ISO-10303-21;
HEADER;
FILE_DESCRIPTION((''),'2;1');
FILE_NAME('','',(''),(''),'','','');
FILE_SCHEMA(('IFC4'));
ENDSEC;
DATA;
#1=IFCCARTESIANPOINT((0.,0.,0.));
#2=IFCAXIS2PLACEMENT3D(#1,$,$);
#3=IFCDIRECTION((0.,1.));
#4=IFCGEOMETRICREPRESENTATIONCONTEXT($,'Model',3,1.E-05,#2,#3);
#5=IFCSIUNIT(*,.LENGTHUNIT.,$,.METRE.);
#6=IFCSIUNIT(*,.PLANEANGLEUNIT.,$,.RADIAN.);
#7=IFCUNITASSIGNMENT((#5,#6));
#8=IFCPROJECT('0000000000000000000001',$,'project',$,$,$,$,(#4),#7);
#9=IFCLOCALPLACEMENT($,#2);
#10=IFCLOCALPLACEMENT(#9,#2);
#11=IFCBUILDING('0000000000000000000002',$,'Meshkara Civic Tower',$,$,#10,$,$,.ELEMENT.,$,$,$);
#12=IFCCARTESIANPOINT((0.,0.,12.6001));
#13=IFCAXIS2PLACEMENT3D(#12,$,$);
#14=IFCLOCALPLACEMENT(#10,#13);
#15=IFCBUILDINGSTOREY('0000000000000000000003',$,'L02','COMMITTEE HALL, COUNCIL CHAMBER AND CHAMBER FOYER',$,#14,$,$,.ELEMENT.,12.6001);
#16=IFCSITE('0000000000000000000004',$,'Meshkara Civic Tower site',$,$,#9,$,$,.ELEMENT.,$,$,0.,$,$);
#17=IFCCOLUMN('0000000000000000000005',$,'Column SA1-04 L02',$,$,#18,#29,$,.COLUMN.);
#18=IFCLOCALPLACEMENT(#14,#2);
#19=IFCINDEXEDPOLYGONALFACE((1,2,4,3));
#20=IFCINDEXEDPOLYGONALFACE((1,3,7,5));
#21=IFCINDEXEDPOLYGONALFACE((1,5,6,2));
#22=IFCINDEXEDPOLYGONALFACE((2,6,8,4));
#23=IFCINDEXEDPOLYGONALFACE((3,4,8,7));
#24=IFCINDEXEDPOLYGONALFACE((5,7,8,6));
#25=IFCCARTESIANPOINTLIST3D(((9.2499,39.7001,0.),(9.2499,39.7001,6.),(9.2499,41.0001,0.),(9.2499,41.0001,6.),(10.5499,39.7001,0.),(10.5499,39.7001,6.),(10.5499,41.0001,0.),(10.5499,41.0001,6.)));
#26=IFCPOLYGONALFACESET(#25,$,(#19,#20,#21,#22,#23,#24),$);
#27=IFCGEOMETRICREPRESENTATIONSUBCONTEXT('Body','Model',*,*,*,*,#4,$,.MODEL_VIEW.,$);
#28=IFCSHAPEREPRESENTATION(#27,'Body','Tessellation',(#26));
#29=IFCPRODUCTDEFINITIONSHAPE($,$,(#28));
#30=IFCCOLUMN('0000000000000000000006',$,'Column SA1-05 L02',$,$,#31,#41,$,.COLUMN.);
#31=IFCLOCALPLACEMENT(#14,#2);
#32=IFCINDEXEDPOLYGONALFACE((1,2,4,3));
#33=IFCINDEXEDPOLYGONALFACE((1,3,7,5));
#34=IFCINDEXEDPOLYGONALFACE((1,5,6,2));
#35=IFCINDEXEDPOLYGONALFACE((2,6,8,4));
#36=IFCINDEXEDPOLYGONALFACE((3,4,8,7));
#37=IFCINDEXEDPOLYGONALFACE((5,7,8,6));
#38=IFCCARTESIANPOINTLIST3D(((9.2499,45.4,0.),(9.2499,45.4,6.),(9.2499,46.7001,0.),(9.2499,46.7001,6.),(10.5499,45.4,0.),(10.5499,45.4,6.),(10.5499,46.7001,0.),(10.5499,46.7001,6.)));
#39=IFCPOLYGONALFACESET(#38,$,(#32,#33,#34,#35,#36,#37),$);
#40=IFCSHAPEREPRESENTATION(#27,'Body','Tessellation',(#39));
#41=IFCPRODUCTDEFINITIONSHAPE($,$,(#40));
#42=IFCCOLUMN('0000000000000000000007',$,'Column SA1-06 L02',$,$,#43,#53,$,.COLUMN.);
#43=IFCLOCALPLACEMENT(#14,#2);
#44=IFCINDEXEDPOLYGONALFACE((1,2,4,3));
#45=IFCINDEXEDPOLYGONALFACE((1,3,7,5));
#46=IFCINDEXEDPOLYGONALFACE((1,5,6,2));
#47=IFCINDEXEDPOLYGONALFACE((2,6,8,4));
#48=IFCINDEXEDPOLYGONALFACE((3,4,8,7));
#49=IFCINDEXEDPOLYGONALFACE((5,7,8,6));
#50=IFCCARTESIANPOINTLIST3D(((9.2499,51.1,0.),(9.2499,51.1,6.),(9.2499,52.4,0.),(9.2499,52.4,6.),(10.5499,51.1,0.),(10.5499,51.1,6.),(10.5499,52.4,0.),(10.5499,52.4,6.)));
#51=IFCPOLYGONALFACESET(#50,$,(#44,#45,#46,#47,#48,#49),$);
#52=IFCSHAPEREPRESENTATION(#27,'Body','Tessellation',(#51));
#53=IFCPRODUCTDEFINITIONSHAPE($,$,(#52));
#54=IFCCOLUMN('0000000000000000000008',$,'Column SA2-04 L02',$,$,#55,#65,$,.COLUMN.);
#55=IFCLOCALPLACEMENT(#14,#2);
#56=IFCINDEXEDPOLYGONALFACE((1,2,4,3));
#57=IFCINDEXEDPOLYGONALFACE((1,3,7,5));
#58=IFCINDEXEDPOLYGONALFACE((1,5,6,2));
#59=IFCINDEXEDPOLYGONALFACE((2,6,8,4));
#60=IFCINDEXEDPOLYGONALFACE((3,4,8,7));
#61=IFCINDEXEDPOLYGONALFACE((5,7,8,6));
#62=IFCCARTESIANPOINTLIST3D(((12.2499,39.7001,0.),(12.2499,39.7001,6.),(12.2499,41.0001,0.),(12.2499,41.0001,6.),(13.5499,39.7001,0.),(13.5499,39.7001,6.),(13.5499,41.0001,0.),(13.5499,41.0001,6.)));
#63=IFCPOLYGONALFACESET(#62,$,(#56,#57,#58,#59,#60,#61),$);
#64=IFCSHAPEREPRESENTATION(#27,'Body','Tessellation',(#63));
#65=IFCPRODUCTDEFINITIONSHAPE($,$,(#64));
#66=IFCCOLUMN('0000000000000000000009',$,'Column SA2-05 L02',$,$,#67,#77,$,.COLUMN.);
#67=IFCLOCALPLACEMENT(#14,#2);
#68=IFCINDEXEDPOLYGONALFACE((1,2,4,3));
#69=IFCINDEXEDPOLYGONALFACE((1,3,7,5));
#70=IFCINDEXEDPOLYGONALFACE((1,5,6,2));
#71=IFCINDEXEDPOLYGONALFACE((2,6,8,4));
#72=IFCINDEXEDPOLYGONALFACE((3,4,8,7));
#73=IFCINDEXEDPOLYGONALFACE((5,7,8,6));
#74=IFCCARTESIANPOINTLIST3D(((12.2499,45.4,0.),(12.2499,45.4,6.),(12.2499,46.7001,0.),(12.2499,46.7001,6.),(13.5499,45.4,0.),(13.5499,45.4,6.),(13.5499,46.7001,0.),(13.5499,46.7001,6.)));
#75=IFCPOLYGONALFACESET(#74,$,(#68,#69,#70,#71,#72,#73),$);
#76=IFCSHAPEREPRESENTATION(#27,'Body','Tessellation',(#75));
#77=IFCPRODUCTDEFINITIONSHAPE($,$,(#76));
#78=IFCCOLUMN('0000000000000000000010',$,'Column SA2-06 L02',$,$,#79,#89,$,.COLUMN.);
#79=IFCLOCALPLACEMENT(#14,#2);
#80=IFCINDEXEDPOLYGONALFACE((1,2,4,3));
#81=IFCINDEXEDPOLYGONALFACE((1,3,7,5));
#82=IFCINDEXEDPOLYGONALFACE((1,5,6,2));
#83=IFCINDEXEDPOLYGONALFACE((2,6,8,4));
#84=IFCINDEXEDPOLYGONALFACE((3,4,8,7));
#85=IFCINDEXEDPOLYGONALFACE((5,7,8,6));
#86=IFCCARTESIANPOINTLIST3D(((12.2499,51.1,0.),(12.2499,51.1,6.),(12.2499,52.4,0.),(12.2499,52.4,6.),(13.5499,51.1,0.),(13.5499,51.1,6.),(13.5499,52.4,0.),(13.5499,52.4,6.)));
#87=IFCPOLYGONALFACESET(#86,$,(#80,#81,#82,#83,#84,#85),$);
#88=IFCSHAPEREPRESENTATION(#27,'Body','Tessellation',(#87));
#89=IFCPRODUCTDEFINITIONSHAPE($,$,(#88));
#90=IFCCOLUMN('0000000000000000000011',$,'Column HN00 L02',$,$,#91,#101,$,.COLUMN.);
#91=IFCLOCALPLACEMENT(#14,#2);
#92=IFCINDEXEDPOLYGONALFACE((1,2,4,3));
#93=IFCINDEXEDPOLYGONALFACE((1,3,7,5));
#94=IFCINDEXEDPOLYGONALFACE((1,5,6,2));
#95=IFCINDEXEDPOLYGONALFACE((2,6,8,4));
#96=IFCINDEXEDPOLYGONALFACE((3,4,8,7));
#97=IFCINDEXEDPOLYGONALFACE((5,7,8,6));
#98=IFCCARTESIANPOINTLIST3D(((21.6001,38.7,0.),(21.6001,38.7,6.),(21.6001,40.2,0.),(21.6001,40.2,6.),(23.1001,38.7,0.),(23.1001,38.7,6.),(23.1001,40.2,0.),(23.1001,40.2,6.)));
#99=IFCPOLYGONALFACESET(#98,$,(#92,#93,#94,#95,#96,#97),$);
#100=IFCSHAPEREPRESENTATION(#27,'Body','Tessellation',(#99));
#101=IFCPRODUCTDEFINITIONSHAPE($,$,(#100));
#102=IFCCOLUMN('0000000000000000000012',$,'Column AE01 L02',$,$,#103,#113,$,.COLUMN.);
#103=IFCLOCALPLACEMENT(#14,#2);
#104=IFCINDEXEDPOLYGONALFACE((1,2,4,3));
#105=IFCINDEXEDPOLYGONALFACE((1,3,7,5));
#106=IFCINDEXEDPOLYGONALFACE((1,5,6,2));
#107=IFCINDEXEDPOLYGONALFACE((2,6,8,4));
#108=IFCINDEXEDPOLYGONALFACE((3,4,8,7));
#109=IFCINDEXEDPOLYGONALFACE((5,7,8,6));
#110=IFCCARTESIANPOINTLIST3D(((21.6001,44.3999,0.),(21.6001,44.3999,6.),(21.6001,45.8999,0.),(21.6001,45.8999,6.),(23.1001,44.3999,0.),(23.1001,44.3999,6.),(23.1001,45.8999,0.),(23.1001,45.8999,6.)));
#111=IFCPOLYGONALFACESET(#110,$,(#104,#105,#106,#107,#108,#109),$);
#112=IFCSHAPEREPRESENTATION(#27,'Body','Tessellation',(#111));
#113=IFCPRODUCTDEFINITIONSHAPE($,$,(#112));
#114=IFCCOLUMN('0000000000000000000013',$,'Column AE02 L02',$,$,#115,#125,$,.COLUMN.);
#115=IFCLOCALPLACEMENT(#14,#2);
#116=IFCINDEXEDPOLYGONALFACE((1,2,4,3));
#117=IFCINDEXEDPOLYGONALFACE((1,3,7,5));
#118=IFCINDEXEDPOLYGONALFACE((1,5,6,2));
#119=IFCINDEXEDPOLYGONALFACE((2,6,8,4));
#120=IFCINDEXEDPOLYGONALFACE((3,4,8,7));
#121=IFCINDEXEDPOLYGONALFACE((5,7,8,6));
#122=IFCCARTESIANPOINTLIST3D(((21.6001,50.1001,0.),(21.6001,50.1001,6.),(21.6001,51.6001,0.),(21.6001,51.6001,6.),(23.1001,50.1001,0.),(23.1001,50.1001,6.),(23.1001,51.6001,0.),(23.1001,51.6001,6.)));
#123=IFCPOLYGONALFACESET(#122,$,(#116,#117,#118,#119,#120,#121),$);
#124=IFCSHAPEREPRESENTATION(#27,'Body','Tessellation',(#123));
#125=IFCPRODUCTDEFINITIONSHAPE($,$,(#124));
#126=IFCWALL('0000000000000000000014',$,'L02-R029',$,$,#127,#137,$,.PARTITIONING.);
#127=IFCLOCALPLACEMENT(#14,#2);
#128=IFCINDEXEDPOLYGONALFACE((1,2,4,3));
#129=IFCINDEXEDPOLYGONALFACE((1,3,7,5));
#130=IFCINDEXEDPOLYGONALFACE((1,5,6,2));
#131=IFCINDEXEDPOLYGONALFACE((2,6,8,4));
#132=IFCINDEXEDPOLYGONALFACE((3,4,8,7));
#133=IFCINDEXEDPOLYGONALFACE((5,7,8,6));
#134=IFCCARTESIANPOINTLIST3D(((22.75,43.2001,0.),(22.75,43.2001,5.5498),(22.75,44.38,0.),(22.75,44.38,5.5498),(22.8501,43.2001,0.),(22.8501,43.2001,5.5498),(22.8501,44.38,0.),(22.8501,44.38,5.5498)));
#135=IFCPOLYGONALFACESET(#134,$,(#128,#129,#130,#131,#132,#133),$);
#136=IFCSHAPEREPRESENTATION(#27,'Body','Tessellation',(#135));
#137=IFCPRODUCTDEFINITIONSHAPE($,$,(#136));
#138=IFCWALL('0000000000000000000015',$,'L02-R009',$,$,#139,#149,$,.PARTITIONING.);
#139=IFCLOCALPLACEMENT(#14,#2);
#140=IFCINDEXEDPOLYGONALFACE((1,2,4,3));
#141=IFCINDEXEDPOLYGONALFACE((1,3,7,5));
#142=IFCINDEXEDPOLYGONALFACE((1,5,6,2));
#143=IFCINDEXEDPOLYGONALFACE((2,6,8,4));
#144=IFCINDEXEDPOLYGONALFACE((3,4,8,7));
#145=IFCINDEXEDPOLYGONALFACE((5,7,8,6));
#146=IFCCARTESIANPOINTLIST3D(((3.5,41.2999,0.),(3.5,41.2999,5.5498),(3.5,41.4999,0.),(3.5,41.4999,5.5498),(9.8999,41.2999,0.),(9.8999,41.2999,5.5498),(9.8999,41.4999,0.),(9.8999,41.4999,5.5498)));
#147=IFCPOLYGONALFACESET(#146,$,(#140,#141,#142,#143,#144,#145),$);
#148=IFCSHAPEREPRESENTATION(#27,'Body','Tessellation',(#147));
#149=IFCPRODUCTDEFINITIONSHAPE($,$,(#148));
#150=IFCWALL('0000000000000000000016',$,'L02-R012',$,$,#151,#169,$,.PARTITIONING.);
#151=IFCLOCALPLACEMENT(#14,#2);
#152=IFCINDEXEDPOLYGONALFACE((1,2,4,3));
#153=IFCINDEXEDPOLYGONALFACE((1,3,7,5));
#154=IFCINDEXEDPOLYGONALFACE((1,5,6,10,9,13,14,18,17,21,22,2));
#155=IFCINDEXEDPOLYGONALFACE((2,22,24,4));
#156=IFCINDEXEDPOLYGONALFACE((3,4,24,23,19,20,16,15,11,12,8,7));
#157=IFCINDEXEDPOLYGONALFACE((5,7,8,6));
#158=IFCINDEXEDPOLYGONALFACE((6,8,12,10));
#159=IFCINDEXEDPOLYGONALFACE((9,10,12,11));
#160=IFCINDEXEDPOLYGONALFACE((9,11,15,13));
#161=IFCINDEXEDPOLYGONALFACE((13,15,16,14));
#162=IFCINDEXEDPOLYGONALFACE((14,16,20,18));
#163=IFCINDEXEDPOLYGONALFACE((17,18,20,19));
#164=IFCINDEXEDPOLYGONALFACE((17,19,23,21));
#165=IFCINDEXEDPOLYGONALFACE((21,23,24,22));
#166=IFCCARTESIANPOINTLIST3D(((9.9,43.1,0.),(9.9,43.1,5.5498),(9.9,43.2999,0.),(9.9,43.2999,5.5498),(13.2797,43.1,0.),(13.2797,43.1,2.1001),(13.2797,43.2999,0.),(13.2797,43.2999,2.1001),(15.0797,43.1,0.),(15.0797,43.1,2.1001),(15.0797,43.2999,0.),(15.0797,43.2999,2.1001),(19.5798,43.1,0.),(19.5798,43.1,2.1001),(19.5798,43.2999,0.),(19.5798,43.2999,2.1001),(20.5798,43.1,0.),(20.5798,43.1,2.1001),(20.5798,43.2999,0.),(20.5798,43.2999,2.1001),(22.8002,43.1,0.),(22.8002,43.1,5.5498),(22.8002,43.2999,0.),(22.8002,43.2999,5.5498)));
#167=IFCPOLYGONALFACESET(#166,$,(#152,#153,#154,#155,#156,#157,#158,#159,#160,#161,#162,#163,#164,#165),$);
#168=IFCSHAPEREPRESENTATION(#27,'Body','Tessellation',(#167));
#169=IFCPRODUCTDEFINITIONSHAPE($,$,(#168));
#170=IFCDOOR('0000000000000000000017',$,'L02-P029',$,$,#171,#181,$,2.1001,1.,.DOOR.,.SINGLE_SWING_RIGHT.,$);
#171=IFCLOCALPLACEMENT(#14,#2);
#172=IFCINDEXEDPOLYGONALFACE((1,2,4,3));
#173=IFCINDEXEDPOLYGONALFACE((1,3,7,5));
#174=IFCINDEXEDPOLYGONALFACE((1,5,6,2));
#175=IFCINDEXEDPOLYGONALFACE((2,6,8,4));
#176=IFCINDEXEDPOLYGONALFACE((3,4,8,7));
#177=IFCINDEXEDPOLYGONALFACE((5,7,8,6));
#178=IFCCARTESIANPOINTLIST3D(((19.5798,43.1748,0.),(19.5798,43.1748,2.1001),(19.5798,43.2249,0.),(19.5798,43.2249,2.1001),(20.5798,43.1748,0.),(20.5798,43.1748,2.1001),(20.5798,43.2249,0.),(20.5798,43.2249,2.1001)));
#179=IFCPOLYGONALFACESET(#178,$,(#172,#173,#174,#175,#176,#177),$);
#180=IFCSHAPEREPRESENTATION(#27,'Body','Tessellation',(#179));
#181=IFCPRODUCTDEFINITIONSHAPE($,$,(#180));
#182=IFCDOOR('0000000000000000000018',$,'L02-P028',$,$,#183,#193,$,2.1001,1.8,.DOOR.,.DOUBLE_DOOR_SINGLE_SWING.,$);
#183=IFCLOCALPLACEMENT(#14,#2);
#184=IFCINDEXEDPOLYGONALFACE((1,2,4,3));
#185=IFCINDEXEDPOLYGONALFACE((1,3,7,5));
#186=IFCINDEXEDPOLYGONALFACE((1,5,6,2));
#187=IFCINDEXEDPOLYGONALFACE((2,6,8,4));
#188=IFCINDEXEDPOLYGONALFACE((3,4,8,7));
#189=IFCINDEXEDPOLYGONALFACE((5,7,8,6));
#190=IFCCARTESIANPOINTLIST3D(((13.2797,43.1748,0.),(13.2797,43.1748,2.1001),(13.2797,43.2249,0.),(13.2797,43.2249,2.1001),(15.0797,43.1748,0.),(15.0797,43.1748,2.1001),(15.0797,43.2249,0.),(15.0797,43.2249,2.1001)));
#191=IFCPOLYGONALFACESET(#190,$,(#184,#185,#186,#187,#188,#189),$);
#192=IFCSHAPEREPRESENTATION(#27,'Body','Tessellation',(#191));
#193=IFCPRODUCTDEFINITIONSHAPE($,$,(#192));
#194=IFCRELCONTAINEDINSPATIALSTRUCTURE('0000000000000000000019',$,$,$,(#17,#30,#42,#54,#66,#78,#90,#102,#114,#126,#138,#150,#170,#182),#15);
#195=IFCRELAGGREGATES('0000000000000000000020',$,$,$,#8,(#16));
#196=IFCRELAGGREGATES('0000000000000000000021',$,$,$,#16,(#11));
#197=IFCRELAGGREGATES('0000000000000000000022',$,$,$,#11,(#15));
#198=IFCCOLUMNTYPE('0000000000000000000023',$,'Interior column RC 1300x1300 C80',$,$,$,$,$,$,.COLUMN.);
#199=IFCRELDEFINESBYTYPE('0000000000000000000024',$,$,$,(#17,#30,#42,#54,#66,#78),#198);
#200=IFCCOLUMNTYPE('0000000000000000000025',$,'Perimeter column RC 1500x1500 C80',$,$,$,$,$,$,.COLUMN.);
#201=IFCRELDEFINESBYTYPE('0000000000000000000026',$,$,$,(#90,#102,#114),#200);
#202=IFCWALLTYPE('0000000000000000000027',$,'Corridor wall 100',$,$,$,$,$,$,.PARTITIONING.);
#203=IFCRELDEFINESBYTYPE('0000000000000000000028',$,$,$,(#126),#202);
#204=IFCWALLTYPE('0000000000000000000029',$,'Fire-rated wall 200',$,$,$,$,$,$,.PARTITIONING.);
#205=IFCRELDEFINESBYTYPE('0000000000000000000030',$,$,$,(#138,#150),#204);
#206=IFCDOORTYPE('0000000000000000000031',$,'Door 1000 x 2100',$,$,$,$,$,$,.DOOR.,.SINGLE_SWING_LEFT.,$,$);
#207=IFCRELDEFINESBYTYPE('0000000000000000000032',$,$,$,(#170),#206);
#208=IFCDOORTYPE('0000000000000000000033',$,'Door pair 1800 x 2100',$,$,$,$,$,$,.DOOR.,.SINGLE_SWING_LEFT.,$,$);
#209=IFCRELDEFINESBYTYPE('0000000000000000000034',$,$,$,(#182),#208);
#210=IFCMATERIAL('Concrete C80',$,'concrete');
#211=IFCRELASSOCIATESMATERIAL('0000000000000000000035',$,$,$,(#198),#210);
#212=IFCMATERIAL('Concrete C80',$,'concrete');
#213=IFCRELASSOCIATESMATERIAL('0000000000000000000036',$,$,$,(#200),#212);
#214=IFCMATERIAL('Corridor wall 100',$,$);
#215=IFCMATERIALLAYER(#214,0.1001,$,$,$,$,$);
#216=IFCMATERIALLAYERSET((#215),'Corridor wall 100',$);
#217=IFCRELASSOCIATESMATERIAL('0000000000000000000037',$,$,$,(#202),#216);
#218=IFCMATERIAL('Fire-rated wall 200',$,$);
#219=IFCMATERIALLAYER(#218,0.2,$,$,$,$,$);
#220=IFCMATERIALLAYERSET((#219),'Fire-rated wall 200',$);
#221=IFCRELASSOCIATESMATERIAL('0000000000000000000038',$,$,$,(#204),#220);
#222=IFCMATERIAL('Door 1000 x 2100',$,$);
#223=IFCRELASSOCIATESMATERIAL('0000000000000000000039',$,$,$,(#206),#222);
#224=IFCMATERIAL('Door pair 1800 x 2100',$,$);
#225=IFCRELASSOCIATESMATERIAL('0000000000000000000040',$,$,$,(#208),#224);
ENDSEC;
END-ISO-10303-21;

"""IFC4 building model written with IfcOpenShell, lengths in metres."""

from ifc_helpers import new_model, si_unit, direction, frame, frame_2d, origin, origin_2d, place, context, subcontext, project, spatial, rectangle, extrude, material, layer, layer_set, material_profile, profile_set, type_object, element, fill, save


model = new_model("IFC4")

# Units and contexts
model_context = context("Model", 3, precision=1e-05, world=origin(), true_north=direction((0.0, 1.0)))
body_context = subcontext(model_context, "Body", "Model", "MODEL_VIEW")
ifc_project = project(units=[si_unit("LENGTHUNIT", "METRE"), si_unit("PLANEANGLEUNIT", "RADIAN")], contexts=[model_context])

# Site, building, storey
site_placement = place(None, origin())
site = spatial("IfcSite", under=ifc_project, at=site_placement, Name="Meshkara Civic Tower site", CompositionType="ELEMENT", RefElevation=0.0)
building_placement = place(site_placement, origin())
building = spatial("IfcBuilding", under=site, at=building_placement, Name="Meshkara Civic Tower", CompositionType="ELEMENT")
storey_placement = place(building_placement, frame((0.0, 0.0, 12.6001)))
storey = spatial("IfcBuildingStorey", under=building, at=storey_placement, Name="L02", Description="COMMITTEE HALL, COUNCIL CHAMBER AND CHAMBER FOYER", CompositionType="ELEMENT", Elevation=12.6001)

# Columns
ifc_material_1 = material(Name="Concrete C80", Category="concrete")
ifc_material_profile_1 = material_profile(ifc_material_1, rectangle(XDim=1.3, YDim=1.3, at=origin_2d()))
ifc_profile_set_1 = profile_set([ifc_material_profile_1], Name="Concrete C80")
column_type_1 = type_object("IfcColumnType", Name="Interior column RC 1300x1300 C80", PredefinedType="COLUMN", material=ifc_profile_set_1)
for number, where, z_axis, x_axis, name in (
    (1, (9.8999, 40.3501, 0.0), (0.0, 0.0, 1.0), (1.0, 0.0, 0.0), "Column SA1-04 L02"),
    (2, (9.8999, 46.05, 0.0), (0.0, 0.0, 1.0), (1.0, 0.0, 0.0), "Column SA1-05 L02"),
    (3, (9.8999, 51.75, 0.0), (0.0, 0.0, 1.0), (1.0, 0.0, 0.0), "Column SA1-06 L02"),
    (4, (12.8999, 40.3501, 0.0), (0.0, 0.0, 1.0), (1.0, 0.0, 0.0), "Column SA2-04 L02"),
    (5, (12.8999, 46.05, 0.0), (0.0, 0.0, 1.0), (1.0, 0.0, 0.0), "Column SA2-05 L02"),
    (6, (12.8999, 51.75, 0.0), (0.0, 0.0, 1.0), (1.0, 0.0, 0.0), "Column SA2-06 L02"),
):
    element("IfcColumn", number, at=place(storey_placement, frame(where, z_axis=z_axis, x_axis=x_axis)), inside=storey, type_object=column_type_1, Name=name, PredefinedType="COLUMN", context=body_context, shape_type="SweptSolid", body=[
        extrude(rectangle(XDim=1.3, YDim=1.3, at=origin_2d()), origin(), (0.0, 0.0, 1.0), 6.0),
    ])
ifc_material_2 = material(Name="Concrete C80", Category="concrete")
ifc_material_profile_2 = material_profile(ifc_material_2, rectangle(XDim=1.5, YDim=1.5, at=origin_2d()))
ifc_profile_set_2 = profile_set([ifc_material_profile_2], Name="Concrete C80")
column_type_2 = type_object("IfcColumnType", Name="Perimeter column RC 1500x1500 C80", PredefinedType="COLUMN", material=ifc_profile_set_2)
for number, where, z_axis, x_axis, name in (
    (7, (22.3501, 39.45, 0.0), (0.0, 0.0, 1.0), (1.0, 0.0, 0.0), "Column HN00 L02"),
    (8, (22.3501, 45.1499, 0.0), (0.0, 0.0, 1.0), (1.0, 0.0, 0.0), "Column AE01 L02"),
    (9, (22.3501, 50.8501, 0.0), (0.0, 0.0, 1.0), (1.0, 0.0, 0.0), "Column AE02 L02"),
):
    element("IfcColumn", number, at=place(storey_placement, frame(where, z_axis=z_axis, x_axis=x_axis)), inside=storey, type_object=column_type_2, Name=name, PredefinedType="COLUMN", context=body_context, shape_type="SweptSolid", body=[
        extrude(rectangle(XDim=1.5, YDim=1.5, at=origin_2d()), origin(), (0.0, 0.0, 1.0), 6.0),
    ])

# Walls
ifc_material_3 = material(Name="Corridor wall 100")
ifc_layer_1 = layer(ifc_material_3, 0.1001)
ifc_layer_set_1 = layer_set([ifc_layer_1], Name="Corridor wall 100")
wall_type_1 = type_object("IfcWallType", Name="Corridor wall 100", PredefinedType="PARTITIONING", material=ifc_layer_set_1)
wall_1_placement = place(storey_placement, frame((22.8, 44.3799, 0.0), z_axis=(0.0, 0.0, 1.0), x_axis=(0.0, -1.0, 0.0)))
element("IfcWall", 10, at=wall_1_placement, inside=storey, type_object=wall_type_1, Name="L02-R029", PredefinedType="PARTITIONING", context=body_context, shape_type="SweptSolid", body=[
    extrude(rectangle(XDim=1.1799, YDim=0.1001, at=frame_2d((0.5898, 0.0))), origin(), (0.0, 0.0, 1.0), 5.5498),
])
ifc_material_4 = material(Name="Fire-rated wall 200")
ifc_layer_2 = layer(ifc_material_4, 0.2)
ifc_layer_set_2 = layer_set([ifc_layer_2], Name="Fire-rated wall 200")
wall_type_2 = type_object("IfcWallType", Name="Fire-rated wall 200", PredefinedType="PARTITIONING", material=ifc_layer_set_2)
wall_2_placement = place(storey_placement, frame((3.5, 41.3999, 0.0), z_axis=(0.0, 0.0, 1.0), x_axis=(1.0, 0.0, 0.0)))
element("IfcWall", 11, at=wall_2_placement, inside=storey, type_object=wall_type_2, Name="L02-R009", PredefinedType="PARTITIONING", context=body_context, shape_type="SweptSolid", body=[
    extrude(rectangle(XDim=6.3999, YDim=0.2, at=frame_2d((3.2, 0.0))), origin(), (0.0, 0.0, 1.0), 5.5498),
])

# Wall, openings, doors
wall_3_placement = place(storey_placement, frame((9.8999, 43.2, 0.0), z_axis=(0.0, 0.0, 1.0), x_axis=(1.0, 0.0, 0.0)))
wall_3 = element("IfcWall", 12, at=wall_3_placement, inside=storey, type_object=wall_type_2, Name="L02-R012", PredefinedType="PARTITIONING", context=body_context, shape_type="SweptSolid", body=[
    extrude(rectangle(XDim=12.9001, YDim=0.2, at=frame_2d((6.4502, 0.0))), origin(), (0.0, 0.0, 1.0), 5.5498),
])
opening_1_placement = place(wall_3_placement, frame((3.3799, 0.0, 0.0)))
opening_1 = element("IfcOpeningElement", 13, at=opening_1_placement, cuts=wall_3, PredefinedType="OPENING", context=body_context, shape_type="SweptSolid", body=[
    extrude(rectangle(XDim=1.8, YDim=2.1001, at=frame_2d((0.8999, 1.05))), frame((0.0, 0.1099, 0.0), z_axis=(0.0, -1.0, 0.0), x_axis=(1.0, 0.0, 0.0)), (0.0, 0.0, 1.0), 0.22),
])
opening_2_placement = place(wall_3_placement, frame((9.6799, 0.0, 0.0)))
opening_2 = element("IfcOpeningElement", 14, at=opening_2_placement, cuts=wall_3, PredefinedType="OPENING", context=body_context, shape_type="SweptSolid", body=[
    extrude(rectangle(XDim=1.0, YDim=2.1001, at=frame_2d((0.5, 1.05))), frame((0.0, 0.1099, 0.0), z_axis=(0.0, -1.0, 0.0), x_axis=(1.0, 0.0, 0.0)), (0.0, 0.0, 1.0), 0.22),
])
ifc_material_5 = material(Name="Door 1000 x 2100")
door_type_1 = type_object("IfcDoorType", Name="Door 1000 x 2100", OperationType="SINGLE_SWING_LEFT", PredefinedType="DOOR", material=ifc_material_5)
door_1_placement = place(opening_2_placement, origin())
door_1 = element("IfcDoor", 15, at=door_1_placement, inside=storey, type_object=door_type_1, Name="L02-P029", OperationType="SINGLE_SWING_RIGHT", OverallHeight=2.1001, OverallWidth=1.0, PredefinedType="DOOR", context=body_context, shape_type="SweptSolid", body=[
    extrude(rectangle(XDim=1.0, YDim=2.1001, at=frame_2d((0.5, 1.05))), frame((0.0, 0.0249, 0.0), z_axis=(0.0, -1.0, 0.0), x_axis=(1.0, 0.0, 0.0)), (0.0, 0.0, 1.0), 0.05),
])
fill(opening_2, door_1)
ifc_material_6 = material(Name="Door pair 1800 x 2100")
door_type_2 = type_object("IfcDoorType", Name="Door pair 1800 x 2100", OperationType="SINGLE_SWING_LEFT", PredefinedType="DOOR", material=ifc_material_6)
door_2_placement = place(opening_1_placement, origin())
door_2 = element("IfcDoor", 16, at=door_2_placement, inside=storey, type_object=door_type_2, Name="L02-P028", OperationType="DOUBLE_DOOR_SINGLE_SWING", OverallHeight=2.1001, OverallWidth=1.8, PredefinedType="DOOR", context=body_context, shape_type="SweptSolid", body=[
    extrude(rectangle(XDim=1.8, YDim=2.1001, at=frame_2d((0.8999, 1.05))), frame((0.0, 0.0249, 0.0), z_axis=(0.0, -1.0, 0.0), x_axis=(1.0, 0.0, 0.0)), (0.0, 0.0, 1.0), 0.05),
])
fill(opening_1, door_2)

save(model, "model.ifc")
